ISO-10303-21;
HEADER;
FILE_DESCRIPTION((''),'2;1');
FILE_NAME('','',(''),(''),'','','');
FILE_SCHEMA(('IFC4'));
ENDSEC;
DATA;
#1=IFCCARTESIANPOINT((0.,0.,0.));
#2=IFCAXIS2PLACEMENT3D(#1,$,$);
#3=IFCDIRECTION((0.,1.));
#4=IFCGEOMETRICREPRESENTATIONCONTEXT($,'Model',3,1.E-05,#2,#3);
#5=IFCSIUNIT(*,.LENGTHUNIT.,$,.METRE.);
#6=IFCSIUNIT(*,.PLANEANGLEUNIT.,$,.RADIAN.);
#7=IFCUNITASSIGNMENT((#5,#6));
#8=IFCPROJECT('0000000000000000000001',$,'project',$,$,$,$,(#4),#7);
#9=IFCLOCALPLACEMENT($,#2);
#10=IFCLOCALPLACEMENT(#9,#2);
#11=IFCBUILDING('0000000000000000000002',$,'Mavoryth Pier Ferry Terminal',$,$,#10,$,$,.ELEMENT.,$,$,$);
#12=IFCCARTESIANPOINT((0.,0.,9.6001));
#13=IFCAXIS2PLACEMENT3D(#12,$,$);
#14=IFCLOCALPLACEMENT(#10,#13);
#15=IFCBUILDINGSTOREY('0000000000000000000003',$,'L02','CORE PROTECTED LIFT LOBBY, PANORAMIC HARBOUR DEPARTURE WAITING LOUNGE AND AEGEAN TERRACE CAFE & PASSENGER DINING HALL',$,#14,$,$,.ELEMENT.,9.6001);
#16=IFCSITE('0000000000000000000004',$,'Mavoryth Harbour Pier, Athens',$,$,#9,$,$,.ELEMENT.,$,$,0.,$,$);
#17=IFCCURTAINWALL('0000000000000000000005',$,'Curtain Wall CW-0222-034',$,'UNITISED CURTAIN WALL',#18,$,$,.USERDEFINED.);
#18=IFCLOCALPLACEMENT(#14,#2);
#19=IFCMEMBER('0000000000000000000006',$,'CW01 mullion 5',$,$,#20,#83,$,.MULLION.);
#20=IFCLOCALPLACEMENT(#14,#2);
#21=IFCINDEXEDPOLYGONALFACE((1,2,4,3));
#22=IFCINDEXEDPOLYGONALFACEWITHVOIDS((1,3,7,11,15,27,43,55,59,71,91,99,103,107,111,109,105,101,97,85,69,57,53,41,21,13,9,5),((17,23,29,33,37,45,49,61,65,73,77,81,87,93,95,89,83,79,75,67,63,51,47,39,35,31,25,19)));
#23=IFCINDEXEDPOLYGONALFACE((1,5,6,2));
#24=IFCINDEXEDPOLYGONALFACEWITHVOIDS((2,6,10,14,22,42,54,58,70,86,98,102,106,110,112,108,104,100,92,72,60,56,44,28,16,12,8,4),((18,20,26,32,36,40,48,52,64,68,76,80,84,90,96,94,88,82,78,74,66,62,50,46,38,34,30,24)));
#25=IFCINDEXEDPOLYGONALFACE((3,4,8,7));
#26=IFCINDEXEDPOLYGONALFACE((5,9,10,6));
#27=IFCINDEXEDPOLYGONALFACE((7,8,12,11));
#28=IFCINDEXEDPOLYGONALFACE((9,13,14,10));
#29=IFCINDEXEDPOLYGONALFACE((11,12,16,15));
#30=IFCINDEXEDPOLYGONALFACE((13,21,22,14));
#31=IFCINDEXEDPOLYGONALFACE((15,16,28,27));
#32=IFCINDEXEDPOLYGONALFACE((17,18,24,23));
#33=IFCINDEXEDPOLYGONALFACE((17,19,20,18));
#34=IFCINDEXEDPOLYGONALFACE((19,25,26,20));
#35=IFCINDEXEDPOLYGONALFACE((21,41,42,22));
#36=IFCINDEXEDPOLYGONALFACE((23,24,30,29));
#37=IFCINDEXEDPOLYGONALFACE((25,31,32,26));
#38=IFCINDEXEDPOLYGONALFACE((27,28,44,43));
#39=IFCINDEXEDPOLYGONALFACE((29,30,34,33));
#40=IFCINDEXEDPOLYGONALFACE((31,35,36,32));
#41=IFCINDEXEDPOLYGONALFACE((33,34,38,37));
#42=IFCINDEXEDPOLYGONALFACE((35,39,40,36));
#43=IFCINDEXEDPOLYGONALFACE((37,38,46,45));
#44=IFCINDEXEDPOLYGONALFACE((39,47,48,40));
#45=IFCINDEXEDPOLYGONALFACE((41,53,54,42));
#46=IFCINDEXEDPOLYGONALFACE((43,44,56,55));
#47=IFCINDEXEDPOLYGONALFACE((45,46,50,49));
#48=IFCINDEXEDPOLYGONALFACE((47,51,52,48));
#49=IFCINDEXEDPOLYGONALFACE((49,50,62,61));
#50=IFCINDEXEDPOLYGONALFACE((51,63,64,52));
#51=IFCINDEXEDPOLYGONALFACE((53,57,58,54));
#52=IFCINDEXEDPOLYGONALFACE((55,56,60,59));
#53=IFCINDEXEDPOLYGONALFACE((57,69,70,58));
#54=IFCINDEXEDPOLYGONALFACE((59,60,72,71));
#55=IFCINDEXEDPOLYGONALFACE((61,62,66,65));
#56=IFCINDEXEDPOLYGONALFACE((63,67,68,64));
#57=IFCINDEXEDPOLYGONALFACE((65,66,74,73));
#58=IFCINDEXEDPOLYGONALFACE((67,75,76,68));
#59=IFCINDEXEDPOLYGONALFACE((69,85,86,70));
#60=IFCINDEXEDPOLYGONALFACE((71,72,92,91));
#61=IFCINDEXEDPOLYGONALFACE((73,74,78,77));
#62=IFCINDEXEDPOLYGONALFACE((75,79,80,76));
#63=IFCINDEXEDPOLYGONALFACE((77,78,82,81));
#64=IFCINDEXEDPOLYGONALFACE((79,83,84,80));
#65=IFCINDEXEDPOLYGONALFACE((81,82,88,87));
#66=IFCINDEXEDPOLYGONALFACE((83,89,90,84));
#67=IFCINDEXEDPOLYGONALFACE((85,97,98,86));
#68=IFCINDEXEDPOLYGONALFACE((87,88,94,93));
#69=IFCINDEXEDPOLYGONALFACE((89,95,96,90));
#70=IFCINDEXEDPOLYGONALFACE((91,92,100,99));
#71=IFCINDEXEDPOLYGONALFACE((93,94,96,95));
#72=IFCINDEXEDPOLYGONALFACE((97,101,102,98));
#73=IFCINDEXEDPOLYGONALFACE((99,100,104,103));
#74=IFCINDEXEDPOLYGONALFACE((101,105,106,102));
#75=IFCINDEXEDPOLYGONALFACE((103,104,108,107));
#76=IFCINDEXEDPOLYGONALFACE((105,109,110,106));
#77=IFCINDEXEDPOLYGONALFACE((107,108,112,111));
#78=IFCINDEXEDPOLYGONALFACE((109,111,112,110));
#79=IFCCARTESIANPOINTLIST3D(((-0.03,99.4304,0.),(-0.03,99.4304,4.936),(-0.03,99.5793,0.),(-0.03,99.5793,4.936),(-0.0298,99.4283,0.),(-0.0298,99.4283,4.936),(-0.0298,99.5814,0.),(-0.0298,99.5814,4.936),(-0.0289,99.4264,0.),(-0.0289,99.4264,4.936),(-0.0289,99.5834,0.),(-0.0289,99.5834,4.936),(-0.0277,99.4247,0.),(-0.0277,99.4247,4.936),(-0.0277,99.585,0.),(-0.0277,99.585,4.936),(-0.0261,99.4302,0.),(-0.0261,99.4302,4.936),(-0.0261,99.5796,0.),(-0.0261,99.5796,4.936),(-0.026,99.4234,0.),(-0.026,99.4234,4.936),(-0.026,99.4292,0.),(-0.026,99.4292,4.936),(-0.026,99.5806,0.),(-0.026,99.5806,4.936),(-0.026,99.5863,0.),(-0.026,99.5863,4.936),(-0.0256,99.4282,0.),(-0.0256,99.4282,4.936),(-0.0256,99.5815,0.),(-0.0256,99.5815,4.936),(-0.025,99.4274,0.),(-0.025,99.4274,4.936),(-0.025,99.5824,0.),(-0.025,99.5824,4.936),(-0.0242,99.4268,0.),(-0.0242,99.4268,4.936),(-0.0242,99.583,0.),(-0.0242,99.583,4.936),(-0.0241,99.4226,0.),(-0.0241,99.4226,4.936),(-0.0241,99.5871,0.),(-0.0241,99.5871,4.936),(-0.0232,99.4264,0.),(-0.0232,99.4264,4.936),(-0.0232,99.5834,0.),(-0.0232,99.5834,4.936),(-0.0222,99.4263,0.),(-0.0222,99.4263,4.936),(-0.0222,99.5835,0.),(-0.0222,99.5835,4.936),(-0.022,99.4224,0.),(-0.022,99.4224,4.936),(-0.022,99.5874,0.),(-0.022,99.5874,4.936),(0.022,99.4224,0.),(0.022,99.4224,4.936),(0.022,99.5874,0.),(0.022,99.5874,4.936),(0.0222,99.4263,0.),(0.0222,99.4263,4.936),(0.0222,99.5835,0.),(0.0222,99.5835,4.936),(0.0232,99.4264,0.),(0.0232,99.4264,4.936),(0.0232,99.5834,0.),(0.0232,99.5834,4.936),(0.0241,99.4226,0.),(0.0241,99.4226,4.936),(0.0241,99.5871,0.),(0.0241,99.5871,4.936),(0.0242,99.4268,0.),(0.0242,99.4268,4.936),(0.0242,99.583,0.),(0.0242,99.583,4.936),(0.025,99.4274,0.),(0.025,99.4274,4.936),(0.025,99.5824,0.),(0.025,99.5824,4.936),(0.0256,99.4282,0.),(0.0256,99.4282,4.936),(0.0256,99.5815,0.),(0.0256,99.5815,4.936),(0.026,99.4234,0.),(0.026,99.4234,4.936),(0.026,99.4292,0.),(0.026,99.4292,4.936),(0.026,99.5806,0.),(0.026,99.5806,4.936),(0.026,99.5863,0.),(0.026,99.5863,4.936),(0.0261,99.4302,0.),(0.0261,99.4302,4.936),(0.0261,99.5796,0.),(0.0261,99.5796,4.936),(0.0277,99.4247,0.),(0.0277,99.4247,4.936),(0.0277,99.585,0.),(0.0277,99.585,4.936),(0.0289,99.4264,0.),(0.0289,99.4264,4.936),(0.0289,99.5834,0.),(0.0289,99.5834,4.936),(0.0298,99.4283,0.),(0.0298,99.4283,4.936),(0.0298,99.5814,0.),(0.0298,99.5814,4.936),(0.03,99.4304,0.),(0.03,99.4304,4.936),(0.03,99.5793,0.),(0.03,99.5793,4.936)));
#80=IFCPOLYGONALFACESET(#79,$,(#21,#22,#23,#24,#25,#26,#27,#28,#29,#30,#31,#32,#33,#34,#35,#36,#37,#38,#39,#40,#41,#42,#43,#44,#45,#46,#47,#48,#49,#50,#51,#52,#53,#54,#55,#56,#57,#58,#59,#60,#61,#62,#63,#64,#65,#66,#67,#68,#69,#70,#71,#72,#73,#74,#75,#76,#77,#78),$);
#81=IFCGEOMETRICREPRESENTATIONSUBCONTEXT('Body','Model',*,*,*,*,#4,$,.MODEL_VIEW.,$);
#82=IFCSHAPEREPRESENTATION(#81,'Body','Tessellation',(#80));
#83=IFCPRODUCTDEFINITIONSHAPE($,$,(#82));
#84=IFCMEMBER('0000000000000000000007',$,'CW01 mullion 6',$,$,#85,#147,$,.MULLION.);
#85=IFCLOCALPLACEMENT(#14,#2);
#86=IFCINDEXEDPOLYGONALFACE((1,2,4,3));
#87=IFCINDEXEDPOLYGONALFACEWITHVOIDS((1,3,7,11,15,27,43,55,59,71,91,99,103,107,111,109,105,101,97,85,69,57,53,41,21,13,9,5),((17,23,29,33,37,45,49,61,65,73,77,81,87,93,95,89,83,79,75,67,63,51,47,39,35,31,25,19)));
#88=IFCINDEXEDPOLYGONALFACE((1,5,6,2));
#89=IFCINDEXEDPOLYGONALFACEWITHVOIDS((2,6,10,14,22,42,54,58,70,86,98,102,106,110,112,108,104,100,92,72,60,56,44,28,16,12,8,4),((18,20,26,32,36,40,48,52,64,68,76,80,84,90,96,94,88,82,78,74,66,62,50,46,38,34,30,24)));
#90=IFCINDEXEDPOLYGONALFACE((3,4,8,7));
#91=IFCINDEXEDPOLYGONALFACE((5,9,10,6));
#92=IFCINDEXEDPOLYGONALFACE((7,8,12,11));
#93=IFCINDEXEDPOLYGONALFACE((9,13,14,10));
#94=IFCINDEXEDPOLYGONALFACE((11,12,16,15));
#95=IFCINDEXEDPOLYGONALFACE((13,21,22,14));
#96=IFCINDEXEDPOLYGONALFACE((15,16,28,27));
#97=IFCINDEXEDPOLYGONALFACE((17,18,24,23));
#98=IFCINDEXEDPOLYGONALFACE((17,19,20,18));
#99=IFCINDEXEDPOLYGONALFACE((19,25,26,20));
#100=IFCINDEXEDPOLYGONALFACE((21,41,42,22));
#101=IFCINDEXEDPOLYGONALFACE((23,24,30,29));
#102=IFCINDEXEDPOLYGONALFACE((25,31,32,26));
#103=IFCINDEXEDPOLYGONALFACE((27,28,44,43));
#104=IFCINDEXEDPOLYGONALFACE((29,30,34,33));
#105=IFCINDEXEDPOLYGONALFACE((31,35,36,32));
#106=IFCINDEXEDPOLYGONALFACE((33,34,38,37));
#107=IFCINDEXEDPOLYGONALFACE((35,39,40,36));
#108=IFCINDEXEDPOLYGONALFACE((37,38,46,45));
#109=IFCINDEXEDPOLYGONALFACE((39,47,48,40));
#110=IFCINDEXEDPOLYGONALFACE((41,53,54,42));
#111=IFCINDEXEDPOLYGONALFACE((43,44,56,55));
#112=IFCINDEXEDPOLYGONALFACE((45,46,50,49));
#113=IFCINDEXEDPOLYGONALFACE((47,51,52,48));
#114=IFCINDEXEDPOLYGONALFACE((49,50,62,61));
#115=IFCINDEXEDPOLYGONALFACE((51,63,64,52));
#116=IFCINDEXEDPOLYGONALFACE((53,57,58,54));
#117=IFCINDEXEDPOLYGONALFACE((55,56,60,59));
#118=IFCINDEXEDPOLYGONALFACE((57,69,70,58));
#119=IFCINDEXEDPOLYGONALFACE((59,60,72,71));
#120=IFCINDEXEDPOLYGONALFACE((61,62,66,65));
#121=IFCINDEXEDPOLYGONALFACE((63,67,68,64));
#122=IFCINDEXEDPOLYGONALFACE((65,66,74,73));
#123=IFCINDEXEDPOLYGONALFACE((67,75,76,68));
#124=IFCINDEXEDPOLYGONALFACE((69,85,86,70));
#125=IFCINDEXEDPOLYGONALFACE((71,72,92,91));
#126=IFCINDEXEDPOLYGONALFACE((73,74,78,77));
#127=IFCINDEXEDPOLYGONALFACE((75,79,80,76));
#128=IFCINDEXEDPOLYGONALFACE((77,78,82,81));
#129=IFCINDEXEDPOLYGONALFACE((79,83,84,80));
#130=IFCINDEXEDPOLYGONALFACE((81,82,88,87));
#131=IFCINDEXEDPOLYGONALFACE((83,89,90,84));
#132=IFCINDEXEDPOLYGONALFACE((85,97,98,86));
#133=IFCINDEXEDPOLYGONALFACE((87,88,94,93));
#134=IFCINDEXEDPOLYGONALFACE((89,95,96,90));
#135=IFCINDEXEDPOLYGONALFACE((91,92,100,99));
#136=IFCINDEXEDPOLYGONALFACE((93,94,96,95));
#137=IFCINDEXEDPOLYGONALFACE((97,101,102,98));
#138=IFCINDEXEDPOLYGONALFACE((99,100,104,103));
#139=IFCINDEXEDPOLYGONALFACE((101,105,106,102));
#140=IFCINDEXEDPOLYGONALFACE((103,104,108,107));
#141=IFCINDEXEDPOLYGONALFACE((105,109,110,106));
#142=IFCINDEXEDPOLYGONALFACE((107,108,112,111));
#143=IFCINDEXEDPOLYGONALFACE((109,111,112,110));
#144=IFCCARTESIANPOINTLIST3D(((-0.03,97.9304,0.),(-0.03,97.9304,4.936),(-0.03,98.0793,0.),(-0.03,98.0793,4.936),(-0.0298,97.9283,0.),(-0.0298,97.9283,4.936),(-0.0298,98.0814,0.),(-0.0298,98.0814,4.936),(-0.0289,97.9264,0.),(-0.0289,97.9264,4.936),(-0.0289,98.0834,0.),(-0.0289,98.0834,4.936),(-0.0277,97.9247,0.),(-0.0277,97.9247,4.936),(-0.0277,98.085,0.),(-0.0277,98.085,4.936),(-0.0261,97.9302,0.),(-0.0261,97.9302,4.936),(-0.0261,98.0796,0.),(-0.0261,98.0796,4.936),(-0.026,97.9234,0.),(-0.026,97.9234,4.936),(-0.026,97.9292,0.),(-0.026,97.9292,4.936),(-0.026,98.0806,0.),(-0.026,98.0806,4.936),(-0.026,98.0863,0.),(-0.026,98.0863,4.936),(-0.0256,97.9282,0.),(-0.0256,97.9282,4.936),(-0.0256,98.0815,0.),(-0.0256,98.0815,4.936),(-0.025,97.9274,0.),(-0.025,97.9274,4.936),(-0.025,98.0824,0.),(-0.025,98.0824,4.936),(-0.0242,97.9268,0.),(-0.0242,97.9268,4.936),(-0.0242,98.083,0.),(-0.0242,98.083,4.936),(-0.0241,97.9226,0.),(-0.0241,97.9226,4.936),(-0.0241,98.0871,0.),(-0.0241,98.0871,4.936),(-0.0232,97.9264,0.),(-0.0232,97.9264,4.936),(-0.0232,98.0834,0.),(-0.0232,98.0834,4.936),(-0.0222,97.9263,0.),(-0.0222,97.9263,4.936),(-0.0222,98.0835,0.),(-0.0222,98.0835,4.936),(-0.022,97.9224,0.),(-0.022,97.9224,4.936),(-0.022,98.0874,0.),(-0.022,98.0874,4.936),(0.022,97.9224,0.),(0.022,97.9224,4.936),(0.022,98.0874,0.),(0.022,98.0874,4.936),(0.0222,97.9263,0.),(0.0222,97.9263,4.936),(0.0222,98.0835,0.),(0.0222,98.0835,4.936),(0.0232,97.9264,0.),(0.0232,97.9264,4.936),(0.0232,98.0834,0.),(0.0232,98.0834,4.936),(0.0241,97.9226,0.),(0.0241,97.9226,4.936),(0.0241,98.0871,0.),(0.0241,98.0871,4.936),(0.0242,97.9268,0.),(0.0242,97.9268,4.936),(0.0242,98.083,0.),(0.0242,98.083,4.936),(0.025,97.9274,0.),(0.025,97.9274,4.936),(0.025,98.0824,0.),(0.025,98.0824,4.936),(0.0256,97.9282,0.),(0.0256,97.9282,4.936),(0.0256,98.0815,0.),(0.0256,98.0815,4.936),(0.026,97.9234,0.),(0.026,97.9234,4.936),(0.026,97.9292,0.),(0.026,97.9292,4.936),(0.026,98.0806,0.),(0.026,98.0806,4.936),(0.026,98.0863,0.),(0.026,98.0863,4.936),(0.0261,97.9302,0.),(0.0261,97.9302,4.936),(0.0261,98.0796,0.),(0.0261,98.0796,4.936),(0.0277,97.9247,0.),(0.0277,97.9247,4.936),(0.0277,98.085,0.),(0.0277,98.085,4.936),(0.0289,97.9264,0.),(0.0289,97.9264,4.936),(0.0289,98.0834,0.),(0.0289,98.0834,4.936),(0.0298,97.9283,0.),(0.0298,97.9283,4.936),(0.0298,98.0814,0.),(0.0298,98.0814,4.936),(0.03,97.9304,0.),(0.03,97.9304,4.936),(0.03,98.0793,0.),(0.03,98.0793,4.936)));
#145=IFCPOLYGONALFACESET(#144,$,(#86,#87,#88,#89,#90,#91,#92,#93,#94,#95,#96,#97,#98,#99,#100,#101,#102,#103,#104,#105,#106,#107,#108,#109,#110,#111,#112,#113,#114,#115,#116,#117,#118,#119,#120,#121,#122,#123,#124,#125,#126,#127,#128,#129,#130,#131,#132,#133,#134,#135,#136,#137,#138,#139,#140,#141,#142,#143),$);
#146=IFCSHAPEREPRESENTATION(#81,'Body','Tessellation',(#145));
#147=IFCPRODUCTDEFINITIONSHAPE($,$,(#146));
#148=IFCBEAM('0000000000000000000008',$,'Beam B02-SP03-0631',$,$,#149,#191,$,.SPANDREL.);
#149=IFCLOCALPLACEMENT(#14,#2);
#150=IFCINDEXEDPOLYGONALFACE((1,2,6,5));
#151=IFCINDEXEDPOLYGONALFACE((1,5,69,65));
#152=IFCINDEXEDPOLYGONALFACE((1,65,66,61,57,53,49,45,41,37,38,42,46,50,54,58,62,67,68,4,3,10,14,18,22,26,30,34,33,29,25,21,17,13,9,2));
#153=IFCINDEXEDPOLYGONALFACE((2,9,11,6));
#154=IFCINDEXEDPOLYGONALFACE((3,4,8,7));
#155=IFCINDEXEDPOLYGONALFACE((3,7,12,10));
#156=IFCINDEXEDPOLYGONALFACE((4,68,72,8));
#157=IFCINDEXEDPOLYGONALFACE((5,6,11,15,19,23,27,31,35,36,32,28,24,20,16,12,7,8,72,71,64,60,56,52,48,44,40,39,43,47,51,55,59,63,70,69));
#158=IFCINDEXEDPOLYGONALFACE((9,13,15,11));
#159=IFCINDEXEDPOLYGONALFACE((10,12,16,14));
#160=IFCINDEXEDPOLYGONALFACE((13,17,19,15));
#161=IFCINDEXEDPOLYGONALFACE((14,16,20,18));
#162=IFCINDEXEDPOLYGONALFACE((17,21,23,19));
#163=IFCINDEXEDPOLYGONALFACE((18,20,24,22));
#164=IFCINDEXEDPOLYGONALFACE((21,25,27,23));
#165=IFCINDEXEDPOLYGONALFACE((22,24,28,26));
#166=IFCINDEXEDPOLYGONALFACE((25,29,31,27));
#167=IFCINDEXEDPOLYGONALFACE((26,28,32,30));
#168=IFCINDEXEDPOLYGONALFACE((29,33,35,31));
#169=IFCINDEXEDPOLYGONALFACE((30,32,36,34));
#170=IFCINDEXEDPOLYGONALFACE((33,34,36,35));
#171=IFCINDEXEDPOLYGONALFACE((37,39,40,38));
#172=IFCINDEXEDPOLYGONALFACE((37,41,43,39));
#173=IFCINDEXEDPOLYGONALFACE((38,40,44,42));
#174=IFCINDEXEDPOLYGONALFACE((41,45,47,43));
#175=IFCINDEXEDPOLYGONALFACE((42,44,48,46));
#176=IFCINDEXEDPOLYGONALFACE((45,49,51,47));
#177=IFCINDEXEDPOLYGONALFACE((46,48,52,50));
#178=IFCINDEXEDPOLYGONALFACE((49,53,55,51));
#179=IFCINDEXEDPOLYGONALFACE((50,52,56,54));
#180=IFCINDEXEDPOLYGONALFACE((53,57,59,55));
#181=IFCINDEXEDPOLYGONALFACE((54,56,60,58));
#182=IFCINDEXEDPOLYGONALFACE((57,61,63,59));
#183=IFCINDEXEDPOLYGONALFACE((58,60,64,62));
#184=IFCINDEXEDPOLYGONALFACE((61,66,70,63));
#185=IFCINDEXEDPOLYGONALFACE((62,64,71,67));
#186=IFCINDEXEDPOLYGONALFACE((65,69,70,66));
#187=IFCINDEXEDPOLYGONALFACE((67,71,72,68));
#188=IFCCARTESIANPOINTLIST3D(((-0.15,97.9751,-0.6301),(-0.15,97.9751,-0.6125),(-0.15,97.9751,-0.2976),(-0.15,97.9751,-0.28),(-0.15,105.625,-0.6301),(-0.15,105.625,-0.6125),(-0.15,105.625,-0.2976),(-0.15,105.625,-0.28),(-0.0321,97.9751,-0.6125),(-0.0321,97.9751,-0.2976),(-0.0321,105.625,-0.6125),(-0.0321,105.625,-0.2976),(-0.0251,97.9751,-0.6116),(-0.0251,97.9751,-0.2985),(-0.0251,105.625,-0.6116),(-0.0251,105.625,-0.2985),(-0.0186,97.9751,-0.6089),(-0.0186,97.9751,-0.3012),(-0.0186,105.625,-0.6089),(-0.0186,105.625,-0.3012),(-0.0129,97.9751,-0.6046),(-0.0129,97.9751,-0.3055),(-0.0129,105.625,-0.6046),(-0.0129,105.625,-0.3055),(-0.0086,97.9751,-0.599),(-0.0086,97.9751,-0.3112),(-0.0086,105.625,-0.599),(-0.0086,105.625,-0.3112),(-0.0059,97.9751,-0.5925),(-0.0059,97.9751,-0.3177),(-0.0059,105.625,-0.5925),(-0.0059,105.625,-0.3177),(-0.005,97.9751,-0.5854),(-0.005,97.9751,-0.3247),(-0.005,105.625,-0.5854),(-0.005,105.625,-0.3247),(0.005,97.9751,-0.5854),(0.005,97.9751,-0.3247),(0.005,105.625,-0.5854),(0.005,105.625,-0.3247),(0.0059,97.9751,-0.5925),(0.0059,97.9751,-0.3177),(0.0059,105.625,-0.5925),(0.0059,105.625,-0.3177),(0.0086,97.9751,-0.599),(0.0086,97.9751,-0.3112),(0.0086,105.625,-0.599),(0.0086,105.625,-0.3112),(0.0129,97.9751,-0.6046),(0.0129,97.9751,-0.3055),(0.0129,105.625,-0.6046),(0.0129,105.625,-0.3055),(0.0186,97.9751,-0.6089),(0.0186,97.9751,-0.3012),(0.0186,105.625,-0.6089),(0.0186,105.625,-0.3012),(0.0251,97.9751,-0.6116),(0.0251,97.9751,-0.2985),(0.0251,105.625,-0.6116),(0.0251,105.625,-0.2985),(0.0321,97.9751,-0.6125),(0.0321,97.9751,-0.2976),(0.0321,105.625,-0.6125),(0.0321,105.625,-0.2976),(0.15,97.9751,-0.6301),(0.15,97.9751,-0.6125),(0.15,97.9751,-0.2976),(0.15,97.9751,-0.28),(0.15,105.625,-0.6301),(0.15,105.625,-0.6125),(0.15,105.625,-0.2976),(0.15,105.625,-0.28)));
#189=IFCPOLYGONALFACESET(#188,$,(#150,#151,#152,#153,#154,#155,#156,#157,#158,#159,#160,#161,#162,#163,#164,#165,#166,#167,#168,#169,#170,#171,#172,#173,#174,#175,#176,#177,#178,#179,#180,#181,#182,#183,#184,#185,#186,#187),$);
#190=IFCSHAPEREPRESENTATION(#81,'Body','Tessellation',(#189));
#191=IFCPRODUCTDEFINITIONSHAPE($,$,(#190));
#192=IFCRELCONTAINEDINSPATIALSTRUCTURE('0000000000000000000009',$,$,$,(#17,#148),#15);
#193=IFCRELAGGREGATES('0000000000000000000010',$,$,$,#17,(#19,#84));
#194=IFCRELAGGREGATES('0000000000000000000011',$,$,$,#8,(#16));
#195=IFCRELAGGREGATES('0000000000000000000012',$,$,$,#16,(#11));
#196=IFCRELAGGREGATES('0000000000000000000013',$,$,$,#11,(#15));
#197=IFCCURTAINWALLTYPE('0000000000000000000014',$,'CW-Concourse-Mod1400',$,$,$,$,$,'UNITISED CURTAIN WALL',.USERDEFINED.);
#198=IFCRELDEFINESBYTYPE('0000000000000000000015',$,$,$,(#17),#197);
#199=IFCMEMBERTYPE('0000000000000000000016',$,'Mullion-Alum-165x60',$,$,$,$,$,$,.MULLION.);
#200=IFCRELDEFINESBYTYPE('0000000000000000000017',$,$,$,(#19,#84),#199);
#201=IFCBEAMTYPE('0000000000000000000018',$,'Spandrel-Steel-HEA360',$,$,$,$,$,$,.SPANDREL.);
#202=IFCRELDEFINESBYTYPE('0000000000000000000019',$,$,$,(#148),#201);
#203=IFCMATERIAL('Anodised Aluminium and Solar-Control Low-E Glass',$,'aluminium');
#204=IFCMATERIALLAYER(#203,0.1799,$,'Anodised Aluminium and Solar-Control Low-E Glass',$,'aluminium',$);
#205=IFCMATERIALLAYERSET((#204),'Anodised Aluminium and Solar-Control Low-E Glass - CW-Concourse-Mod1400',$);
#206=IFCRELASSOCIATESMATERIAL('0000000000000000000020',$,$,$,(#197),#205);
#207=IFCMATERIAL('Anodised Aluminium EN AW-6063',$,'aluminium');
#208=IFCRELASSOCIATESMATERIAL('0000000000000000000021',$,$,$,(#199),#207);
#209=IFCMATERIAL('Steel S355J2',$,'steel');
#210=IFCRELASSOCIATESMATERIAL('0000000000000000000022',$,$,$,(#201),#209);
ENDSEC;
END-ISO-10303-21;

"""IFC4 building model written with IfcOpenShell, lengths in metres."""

from ifc_helpers import new_model, si_unit, direction, frame, origin, origin_2d, place, context, subcontext, project, spatial, hollow_rectangle, i_section, extrude, material, layer, layer_set, material_profile, profile_set, type_object, element, aggregate, save


model = new_model("IFC4")

# Units and contexts
model_context = context("Model", 3, precision=1e-05, world=origin(), true_north=direction((0.0, 1.0)))
body_context = subcontext(model_context, "Body", "Model", "MODEL_VIEW")
ifc_project = project(units=[si_unit("LENGTHUNIT", "METRE"), si_unit("PLANEANGLEUNIT", "RADIAN")], contexts=[model_context])

# Site, building, storey
site_placement = place(None, origin())
site = spatial("IfcSite", under=ifc_project, at=site_placement, Name="Mavoryth Harbour Pier, Athens", CompositionType="ELEMENT", RefElevation=0.0)
building_placement = place(site_placement, origin())
building = spatial("IfcBuilding", under=site, at=building_placement, Name="Mavoryth Pier Ferry Terminal", CompositionType="ELEMENT")
storey_placement = place(building_placement, frame((0.0, 0.0, 9.6001)))
storey = spatial("IfcBuildingStorey", under=building, at=storey_placement, Name="L02", Description="CORE PROTECTED LIFT LOBBY, PANORAMIC HARBOUR DEPARTURE WAITING LOUNGE AND AEGEAN TERRACE CAFE & PASSENGER DINING HALL", CompositionType="ELEMENT", Elevation=9.6001)

# Curtain wall, members
ifc_material_1 = material(Name="Anodised Aluminium and Solar-Control Low-E Glass", Category="aluminium")
ifc_layer_1 = layer(ifc_material_1, 0.1799, Name="Anodised Aluminium and Solar-Control Low-E Glass", Category="aluminium")
ifc_layer_set_1 = layer_set([ifc_layer_1], Name="Anodised Aluminium and Solar-Control Low-E Glass - CW-Concourse-Mod1400")
curtain_wall_type = type_object("IfcCurtainWallType", Name="CW-Concourse-Mod1400", ElementType="UNITISED CURTAIN WALL", PredefinedType="USERDEFINED", material=ifc_layer_set_1)
curtain_wall_placement = place(storey_placement, origin())
curtain_wall = element("IfcCurtainWall", 1, at=curtain_wall_placement, inside=storey, type_object=curtain_wall_type, Name="Curtain Wall CW-0222-034", ObjectType="UNITISED CURTAIN WALL", PredefinedType="USERDEFINED")
ifc_material_2 = material(Name="Anodised Aluminium EN AW-6063", Category="aluminium")
ifc_material_profile_1 = material_profile(ifc_material_2, hollow_rectangle(XDim=0.0601, YDim=0.165, WallThickness=0.0039, InnerFilletRadius=0.0039, OuterFilletRadius=0.0081, at=origin_2d()), Name="AL-MULL 165x60x4", Category="aluminium")
ifc_profile_set_1 = profile_set([ifc_material_profile_1], Name="Anodised Aluminium EN AW-6063 - AL-MULL 165x60x4")
member_type_1 = type_object("IfcMemberType", Name="Mullion-Alum-165x60", PredefinedType="MULLION", material=ifc_profile_set_1)
member_1_placement = place(storey_placement, frame((0.0, 99.5049, 0.0), z_axis=(0.0, 0.0, 1.0), x_axis=(1.0, 0.0, 0.0)))
member_1 = element("IfcMember", 2, at=member_1_placement, type_object=member_type_1, Name="CW01 mullion 5", PredefinedType="MULLION", context=body_context, shape_type="SweptSolid", body=[
    extrude(hollow_rectangle(XDim=0.0601, YDim=0.165, WallThickness=0.0039, InnerFilletRadius=0.0039, OuterFilletRadius=0.0081, at=origin_2d()), origin(), (0.0, 0.0, 1.0), 4.936),
])
member_2_placement = place(storey_placement, frame((0.0, 98.0049, 0.0), z_axis=(0.0, 0.0, 1.0), x_axis=(1.0, 0.0, 0.0)))
member_2 = element("IfcMember", 3, at=member_2_placement, type_object=member_type_1, Name="CW01 mullion 6", PredefinedType="MULLION", context=body_context, shape_type="SweptSolid", body=[
    extrude(hollow_rectangle(XDim=0.0601, YDim=0.165, WallThickness=0.0039, InnerFilletRadius=0.0039, OuterFilletRadius=0.0081, at=origin_2d()), origin(), (0.0, 0.0, 1.0), 4.936),
])

# Beam
ifc_material_3 = material(Name="Steel S355J2", Category="steel")
ifc_material_profile_2 = material_profile(ifc_material_3, i_section(OverallWidth=0.3, OverallDepth=0.3501, WebThickness=0.01, FlangeThickness=0.0176, FilletRadius=0.0271, at=origin_2d()), Name="HEA 360", Category="steel")
ifc_profile_set_2 = profile_set([ifc_material_profile_2], Name="Steel S355J2 - HEA 360")
beam_type = type_object("IfcBeamType", Name="Spandrel-Steel-HEA360", PredefinedType="SPANDREL", material=ifc_profile_set_2)
beam_placement = place(storey_placement, frame((0.0, 97.9751, -0.4551), z_axis=(0.0, 1.0, 0.0), x_axis=(-1.0, 0.0, 0.0)))
element("IfcBeam", 4, at=beam_placement, inside=storey, type_object=beam_type, Name="Beam B02-SP03-0631", PredefinedType="SPANDREL", context=body_context, shape_type="SweptSolid", body=[
    extrude(i_section(OverallWidth=0.3, OverallDepth=0.3501, WebThickness=0.01, FlangeThickness=0.0176, FilletRadius=0.0271, at=origin_2d()), origin(), (0.0, 0.0, 1.0), 7.6499),
])

aggregate(curtain_wall, [member_1, member_2])

save(model, "model.ifc")
